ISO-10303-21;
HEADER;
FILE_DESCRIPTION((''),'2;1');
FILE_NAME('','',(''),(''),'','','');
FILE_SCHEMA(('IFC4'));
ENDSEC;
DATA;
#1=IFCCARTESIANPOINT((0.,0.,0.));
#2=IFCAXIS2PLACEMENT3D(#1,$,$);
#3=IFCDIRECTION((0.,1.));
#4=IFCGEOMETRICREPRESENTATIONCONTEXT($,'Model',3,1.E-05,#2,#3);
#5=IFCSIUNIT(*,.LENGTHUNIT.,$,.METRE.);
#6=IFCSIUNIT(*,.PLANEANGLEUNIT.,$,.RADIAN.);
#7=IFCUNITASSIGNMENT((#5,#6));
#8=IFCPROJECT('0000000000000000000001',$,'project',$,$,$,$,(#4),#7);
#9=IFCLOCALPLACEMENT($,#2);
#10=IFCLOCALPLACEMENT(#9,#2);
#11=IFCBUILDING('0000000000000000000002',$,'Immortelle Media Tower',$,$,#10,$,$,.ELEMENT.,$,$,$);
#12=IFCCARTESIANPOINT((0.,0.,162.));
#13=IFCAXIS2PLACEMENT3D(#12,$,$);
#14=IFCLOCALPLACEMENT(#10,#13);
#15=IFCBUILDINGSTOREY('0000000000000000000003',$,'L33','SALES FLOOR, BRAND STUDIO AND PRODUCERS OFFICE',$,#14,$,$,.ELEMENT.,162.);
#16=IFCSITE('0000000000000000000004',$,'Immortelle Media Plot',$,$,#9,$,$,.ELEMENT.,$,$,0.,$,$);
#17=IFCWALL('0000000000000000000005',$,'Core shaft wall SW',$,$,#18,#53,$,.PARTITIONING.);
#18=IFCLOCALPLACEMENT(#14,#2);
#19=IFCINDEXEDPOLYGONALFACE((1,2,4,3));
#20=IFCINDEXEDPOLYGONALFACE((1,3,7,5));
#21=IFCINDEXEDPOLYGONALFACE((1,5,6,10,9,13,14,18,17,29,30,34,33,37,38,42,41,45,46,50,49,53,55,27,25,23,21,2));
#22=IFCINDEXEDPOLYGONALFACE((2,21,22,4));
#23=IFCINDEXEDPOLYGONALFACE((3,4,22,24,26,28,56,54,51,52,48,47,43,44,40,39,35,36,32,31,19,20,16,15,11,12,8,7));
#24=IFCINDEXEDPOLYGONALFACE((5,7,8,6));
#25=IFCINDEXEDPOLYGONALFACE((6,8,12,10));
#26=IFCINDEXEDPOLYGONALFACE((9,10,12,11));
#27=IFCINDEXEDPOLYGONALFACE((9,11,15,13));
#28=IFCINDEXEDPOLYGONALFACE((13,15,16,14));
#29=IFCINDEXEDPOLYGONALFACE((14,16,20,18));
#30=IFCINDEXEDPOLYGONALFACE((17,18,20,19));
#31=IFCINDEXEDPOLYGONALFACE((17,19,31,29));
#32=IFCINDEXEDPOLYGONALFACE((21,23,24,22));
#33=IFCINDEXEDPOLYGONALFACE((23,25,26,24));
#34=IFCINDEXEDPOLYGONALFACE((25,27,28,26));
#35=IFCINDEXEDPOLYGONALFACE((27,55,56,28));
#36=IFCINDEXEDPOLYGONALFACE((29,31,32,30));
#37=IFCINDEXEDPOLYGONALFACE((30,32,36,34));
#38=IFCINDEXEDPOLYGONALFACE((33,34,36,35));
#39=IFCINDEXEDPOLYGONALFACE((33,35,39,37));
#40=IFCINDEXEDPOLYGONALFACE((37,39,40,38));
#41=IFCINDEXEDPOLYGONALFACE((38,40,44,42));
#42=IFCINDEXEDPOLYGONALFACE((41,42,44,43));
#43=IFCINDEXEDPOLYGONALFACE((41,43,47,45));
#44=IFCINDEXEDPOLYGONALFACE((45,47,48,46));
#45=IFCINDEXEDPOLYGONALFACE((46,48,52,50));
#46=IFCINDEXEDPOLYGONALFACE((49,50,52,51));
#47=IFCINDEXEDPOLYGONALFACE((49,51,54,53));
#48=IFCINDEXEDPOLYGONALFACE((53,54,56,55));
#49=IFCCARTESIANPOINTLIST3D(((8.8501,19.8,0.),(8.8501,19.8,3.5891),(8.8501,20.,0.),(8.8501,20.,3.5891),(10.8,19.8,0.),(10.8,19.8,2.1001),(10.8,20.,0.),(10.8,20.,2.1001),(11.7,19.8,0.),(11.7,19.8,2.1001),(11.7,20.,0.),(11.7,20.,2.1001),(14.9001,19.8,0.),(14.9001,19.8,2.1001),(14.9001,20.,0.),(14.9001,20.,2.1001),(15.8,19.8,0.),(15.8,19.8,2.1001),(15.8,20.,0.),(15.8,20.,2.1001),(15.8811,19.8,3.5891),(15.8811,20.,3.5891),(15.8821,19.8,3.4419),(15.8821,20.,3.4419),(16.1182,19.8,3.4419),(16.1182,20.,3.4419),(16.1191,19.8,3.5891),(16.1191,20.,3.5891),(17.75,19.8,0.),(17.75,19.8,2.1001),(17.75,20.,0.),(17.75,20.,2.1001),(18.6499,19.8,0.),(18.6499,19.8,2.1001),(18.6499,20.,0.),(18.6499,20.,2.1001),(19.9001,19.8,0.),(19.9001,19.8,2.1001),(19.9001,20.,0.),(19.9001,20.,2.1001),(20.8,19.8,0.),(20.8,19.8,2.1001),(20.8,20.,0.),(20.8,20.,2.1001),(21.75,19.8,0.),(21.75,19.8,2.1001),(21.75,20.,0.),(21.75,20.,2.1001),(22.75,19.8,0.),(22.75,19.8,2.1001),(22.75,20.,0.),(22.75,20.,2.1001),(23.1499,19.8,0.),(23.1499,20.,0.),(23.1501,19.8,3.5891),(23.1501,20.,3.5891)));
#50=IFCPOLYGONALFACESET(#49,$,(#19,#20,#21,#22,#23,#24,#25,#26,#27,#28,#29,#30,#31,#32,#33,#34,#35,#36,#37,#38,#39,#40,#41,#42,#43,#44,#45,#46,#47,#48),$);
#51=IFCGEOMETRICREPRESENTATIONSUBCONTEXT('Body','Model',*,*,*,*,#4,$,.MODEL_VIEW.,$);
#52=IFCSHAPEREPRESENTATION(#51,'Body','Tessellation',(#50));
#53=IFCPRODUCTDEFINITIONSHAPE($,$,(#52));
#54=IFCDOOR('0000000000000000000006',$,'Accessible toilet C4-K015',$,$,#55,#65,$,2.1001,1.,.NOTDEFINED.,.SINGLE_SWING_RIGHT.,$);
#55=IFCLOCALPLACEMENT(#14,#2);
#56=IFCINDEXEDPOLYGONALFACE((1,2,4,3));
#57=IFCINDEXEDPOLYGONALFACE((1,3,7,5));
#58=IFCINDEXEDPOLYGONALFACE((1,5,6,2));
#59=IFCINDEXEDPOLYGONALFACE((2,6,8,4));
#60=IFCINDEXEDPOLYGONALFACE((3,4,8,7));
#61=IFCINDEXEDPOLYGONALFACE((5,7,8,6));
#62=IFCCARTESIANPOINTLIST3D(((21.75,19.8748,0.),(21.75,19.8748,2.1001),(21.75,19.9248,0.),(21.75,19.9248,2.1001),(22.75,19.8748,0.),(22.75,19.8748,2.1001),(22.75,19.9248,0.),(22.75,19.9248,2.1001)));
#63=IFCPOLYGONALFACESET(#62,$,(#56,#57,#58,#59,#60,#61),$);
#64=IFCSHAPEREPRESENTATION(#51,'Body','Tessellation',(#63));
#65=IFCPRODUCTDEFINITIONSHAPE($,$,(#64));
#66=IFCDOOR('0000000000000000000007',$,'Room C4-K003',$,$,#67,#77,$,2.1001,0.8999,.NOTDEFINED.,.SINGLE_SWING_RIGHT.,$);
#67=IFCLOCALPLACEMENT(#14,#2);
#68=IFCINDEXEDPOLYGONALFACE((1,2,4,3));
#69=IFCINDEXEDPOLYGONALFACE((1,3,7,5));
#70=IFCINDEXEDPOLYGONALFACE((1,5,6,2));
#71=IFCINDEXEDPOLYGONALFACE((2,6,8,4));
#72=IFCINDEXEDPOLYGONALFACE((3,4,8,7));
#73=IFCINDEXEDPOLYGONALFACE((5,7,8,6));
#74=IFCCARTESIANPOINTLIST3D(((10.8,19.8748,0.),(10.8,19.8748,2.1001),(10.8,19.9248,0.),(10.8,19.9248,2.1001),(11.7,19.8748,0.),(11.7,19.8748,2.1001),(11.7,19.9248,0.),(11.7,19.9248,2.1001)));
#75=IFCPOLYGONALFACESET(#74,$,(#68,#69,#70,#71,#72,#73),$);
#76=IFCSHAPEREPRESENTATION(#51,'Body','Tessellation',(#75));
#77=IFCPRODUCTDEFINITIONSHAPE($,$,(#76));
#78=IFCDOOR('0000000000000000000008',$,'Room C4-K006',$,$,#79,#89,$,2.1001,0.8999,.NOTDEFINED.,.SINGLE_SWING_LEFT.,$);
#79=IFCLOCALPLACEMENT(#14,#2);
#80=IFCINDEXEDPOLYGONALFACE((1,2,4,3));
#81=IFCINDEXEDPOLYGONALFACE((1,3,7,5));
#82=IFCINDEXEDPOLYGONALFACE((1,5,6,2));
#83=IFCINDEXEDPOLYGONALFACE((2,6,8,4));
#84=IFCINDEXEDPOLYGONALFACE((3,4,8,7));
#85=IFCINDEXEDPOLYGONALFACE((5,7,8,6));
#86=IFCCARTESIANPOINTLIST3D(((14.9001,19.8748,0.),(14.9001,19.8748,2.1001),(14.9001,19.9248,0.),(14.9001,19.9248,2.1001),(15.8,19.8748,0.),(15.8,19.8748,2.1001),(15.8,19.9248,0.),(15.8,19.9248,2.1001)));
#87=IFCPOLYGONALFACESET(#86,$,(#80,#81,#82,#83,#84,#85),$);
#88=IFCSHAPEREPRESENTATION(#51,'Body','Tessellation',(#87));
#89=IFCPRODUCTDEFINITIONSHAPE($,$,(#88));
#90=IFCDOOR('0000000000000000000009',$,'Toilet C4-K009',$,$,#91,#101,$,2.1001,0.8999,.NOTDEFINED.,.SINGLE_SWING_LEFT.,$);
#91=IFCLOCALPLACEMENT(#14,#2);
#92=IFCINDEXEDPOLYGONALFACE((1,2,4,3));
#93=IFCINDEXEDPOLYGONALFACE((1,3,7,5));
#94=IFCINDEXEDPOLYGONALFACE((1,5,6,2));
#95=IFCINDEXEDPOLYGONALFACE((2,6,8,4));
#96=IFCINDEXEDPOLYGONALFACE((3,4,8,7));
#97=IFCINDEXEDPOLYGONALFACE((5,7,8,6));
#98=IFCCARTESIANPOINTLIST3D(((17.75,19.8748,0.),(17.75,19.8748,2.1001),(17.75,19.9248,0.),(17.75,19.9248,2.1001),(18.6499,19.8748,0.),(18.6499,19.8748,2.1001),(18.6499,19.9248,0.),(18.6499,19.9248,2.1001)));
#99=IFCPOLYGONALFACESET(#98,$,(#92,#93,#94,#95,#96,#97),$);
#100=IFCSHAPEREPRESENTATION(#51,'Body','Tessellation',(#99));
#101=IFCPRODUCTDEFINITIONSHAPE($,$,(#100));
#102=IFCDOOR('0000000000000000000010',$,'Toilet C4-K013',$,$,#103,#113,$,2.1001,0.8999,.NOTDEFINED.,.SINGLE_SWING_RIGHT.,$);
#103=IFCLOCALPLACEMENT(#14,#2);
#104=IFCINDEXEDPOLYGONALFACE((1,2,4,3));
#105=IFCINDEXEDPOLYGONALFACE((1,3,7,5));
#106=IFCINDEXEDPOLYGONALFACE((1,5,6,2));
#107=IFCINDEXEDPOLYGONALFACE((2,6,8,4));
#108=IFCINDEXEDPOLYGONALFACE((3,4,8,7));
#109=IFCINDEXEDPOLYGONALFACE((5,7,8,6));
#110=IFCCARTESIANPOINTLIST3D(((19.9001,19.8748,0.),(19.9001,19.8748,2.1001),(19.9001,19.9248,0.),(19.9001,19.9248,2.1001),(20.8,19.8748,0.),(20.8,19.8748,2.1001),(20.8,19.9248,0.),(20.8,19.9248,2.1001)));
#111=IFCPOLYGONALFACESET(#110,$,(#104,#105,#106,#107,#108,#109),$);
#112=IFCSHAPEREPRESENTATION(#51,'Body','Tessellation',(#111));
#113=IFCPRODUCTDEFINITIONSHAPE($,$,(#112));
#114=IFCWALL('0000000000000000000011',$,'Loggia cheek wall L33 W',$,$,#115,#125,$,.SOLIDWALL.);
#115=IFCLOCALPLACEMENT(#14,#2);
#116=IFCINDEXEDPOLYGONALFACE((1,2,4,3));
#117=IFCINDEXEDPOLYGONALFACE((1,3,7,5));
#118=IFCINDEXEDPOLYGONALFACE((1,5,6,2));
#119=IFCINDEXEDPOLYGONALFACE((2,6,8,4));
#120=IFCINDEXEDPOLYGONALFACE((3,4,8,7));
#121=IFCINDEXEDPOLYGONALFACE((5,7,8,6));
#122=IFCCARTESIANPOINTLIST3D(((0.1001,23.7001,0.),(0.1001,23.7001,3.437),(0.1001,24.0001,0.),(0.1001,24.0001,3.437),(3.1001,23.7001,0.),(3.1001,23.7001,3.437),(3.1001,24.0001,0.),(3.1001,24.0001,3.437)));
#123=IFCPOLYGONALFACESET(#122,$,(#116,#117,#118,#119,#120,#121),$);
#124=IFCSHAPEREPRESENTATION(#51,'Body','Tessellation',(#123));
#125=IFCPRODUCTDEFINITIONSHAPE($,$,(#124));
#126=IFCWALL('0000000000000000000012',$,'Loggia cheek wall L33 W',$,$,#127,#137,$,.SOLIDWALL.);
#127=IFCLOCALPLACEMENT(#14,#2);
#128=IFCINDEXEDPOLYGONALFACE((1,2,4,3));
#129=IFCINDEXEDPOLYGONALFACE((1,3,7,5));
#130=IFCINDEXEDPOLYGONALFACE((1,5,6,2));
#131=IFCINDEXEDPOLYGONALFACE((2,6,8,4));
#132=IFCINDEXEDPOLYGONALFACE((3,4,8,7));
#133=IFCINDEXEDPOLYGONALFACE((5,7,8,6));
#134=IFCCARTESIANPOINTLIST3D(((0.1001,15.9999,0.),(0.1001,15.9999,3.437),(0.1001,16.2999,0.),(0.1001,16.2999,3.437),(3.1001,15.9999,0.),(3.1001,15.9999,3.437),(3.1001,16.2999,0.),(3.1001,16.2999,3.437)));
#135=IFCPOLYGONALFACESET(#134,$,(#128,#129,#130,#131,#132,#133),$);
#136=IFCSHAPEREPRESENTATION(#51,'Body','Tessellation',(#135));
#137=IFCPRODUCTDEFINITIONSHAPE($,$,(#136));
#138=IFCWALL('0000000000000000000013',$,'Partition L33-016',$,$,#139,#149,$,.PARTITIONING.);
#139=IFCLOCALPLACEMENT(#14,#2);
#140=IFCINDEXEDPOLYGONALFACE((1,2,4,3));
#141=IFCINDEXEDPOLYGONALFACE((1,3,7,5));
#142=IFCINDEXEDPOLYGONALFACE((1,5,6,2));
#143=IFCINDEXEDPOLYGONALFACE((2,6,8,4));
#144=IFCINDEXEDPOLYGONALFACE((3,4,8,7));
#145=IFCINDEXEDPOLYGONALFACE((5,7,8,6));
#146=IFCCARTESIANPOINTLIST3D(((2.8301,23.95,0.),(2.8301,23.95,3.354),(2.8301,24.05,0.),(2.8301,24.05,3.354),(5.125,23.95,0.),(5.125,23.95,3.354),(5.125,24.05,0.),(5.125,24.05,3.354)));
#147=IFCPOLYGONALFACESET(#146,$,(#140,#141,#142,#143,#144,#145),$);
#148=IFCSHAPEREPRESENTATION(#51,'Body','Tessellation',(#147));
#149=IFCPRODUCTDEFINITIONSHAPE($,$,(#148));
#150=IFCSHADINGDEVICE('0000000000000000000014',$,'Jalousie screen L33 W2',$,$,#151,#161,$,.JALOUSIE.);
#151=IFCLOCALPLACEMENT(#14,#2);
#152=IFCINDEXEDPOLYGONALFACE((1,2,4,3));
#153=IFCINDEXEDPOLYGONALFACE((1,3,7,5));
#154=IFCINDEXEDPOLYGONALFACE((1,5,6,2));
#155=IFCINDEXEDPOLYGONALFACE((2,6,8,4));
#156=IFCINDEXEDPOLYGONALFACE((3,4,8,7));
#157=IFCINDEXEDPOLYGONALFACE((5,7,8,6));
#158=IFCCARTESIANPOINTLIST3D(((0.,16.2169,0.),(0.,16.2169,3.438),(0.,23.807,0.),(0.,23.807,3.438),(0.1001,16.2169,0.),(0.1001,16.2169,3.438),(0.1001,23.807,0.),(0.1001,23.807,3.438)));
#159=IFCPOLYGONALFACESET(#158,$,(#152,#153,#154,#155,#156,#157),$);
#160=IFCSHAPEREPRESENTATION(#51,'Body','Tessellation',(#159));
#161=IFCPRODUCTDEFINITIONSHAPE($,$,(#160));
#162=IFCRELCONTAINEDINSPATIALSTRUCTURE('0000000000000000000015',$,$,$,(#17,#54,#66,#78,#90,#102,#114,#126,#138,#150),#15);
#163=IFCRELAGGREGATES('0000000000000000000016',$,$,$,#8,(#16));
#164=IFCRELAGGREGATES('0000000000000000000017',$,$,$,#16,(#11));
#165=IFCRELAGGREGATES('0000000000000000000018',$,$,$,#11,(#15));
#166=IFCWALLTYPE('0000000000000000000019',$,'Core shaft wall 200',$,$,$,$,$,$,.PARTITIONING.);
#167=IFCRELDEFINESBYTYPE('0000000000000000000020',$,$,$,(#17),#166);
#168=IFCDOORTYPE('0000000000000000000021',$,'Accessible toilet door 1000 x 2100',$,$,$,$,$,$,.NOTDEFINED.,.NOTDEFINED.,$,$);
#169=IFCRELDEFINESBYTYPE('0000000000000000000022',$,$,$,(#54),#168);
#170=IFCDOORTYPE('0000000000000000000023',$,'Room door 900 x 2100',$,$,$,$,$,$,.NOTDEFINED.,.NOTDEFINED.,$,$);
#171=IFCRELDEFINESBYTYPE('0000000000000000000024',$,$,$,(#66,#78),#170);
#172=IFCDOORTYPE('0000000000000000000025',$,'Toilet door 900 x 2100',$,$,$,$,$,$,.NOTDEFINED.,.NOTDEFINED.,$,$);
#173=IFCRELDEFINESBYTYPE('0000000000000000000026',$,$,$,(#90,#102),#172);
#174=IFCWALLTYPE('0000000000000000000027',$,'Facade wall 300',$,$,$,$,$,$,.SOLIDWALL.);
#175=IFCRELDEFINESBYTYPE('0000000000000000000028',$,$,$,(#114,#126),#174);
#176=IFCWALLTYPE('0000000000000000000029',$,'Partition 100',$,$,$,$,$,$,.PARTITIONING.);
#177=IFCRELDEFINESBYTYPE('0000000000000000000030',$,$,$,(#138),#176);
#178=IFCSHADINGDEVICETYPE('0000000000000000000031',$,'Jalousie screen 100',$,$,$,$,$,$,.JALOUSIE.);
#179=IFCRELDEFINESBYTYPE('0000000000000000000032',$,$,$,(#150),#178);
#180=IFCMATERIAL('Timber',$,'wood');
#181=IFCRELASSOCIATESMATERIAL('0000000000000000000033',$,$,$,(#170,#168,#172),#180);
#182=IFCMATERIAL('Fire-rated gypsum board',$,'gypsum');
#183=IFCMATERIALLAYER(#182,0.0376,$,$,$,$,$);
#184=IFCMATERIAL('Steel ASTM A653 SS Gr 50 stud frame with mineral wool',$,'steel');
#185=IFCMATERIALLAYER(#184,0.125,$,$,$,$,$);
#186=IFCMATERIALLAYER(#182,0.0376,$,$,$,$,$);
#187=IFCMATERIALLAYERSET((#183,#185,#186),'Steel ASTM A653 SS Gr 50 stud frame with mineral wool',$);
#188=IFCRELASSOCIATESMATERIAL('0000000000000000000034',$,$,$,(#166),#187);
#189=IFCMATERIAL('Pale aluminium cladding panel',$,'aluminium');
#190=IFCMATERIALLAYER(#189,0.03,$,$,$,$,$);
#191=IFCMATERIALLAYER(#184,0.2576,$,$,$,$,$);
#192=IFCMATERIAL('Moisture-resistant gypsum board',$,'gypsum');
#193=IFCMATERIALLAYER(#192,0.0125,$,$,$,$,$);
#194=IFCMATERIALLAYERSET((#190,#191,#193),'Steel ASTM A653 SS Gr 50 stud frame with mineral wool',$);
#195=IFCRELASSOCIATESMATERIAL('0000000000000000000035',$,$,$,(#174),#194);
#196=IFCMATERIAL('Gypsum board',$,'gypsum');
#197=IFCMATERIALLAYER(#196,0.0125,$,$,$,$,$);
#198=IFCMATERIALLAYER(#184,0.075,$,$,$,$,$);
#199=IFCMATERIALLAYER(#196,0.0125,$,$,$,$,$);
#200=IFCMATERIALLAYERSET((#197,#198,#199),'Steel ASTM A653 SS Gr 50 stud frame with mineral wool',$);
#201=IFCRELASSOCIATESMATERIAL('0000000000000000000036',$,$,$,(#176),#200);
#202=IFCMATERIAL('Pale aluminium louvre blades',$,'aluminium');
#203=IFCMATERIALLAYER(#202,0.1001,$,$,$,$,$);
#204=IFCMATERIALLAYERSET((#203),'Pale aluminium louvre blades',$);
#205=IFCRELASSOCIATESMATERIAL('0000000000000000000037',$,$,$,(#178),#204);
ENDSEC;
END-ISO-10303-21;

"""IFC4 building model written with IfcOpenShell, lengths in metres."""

from ifc_helpers import new_model, si_unit, direction, frame, frame_2d, origin, origin_2d, place, context, subcontext, project, spatial, polyline, rectangle, outline, extrude, material, layer, layer_set, type_object, element, fill, save


model = new_model("IFC4")

# Units and contexts
model_context = context("Model", 3, precision=1e-05, world=origin(), true_north=direction((0.0, 1.0)))
body_context = subcontext(model_context, "Body", "Model", "MODEL_VIEW")
ifc_project = project(units=[si_unit("LENGTHUNIT", "METRE"), si_unit("PLANEANGLEUNIT", "RADIAN")], contexts=[model_context])

# Site, building, storey
site_placement = place(None, origin())
site = spatial("IfcSite", under=ifc_project, at=site_placement, Name="Immortelle Media Plot", CompositionType="ELEMENT", RefElevation=0.0)
building_placement = place(site_placement, origin())
building = spatial("IfcBuilding", under=site, at=building_placement, Name="Immortelle Media Tower", CompositionType="ELEMENT")
storey_placement = place(building_placement, frame((0.0, 0.0, 162.0)))
storey = spatial("IfcBuildingStorey", under=building, at=storey_placement, Name="L33", Description="SALES FLOOR, BRAND STUDIO AND PRODUCERS OFFICE", CompositionType="ELEMENT", Elevation=162.0)

# Shared definitions
ifc_material_1 = material(Name="Fire-rated gypsum board", Category="gypsum")
ifc_material_2 = material(Name="Steel ASTM A653 SS Gr 50 stud frame with mineral wool", Category="steel")

# Shared definitions
ifc_material_3 = material(Name="Timber", Category="wood")
door_type_1 = type_object("IfcDoorType", Name="Room door 900 x 2100", OperationType="NOTDEFINED", PredefinedType="NOTDEFINED", material=ifc_material_3)

# Shared definitions
ifc_layer_1 = layer(ifc_material_1, 0.0376)
ifc_layer_2 = layer(ifc_material_2, 0.125)
ifc_layer_3 = layer(ifc_material_1, 0.0376)
ifc_layer_set_1 = layer_set([ifc_layer_1, ifc_layer_2, ifc_layer_3], Name="Steel ASTM A653 SS Gr 50 stud frame with mineral wool")
wall_type_1 = type_object("IfcWallType", Name="Core shaft wall 200", PredefinedType="PARTITIONING", material=ifc_layer_set_1)

# Wall, openings, doors
wall_1_placement = place(storey_placement, frame((8.8501, 19.8999, 0.0), z_axis=(0.0, 0.0, 1.0), x_axis=(1.0, 0.0, 0.0)))
wall_1 = element("IfcWall", 1, at=wall_1_placement, inside=storey, type_object=wall_type_1, Name="Core shaft wall SW", PredefinedType="PARTITIONING", context=body_context, shape_type="SweptSolid", body=[
    extrude(outline(polyline([(0.0, 0.0), (14.2998, 0.0), (14.3, 3.5891), (7.269, 3.5891), (7.2681, 3.4419), (7.032, 3.4419), (7.031, 3.5891), (0.0, 3.5891), (0.0, 0.0)])), frame((0.0, 0.1001, 0.0), z_axis=(0.0, -1.0, 0.0), x_axis=(1.0, 0.0, 0.0)), (0.0, 0.0, 1.0), 0.2),
])
opening_1_placement = place(wall_1_placement, frame((1.95, 0.0, 0.0)))
opening_1 = element("IfcOpeningElement", 2, at=opening_1_placement, cuts=wall_1, PredefinedType="OPENING", context=body_context, shape_type="SweptSolid", body=[
    extrude(rectangle(XDim=0.8999, YDim=2.1001, at=frame_2d((0.45, 1.05))), frame((0.0, 0.1099, 0.0), z_axis=(0.0, -1.0, 0.0), x_axis=(1.0, 0.0, 0.0)), (0.0, 0.0, 1.0), 0.22),
])
opening_2_placement = place(wall_1_placement, frame((6.05, 0.0, 0.0)))
opening_2 = element("IfcOpeningElement", 3, at=opening_2_placement, cuts=wall_1, PredefinedType="OPENING", context=body_context, shape_type="SweptSolid", body=[
    extrude(rectangle(XDim=0.8999, YDim=2.1001, at=frame_2d((0.45, 1.05))), frame((0.0, 0.1099, 0.0), z_axis=(0.0, -1.0, 0.0), x_axis=(1.0, 0.0, 0.0)), (0.0, 0.0, 1.0), 0.22),
])
opening_3_placement = place(wall_1_placement, frame((8.8999, 0.0, 0.0)))
opening_3 = element("IfcOpeningElement", 4, at=opening_3_placement, cuts=wall_1, PredefinedType="OPENING", context=body_context, shape_type="SweptSolid", body=[
    extrude(rectangle(XDim=0.8999, YDim=2.1001, at=frame_2d((0.45, 1.05))), frame((0.0, 0.1099, 0.0), z_axis=(0.0, -1.0, 0.0), x_axis=(1.0, 0.0, 0.0)), (0.0, 0.0, 1.0), 0.22),
])
opening_4_placement = place(wall_1_placement, frame((11.05, 0.0, 0.0)))
opening_4 = element("IfcOpeningElement", 5, at=opening_4_placement, cuts=wall_1, PredefinedType="OPENING", context=body_context, shape_type="SweptSolid", body=[
    extrude(rectangle(XDim=0.8999, YDim=2.1001, at=frame_2d((0.45, 1.05))), frame((0.0, 0.1099, 0.0), z_axis=(0.0, -1.0, 0.0), x_axis=(1.0, 0.0, 0.0)), (0.0, 0.0, 1.0), 0.22),
])
opening_5_placement = place(wall_1_placement, frame((12.8999, 0.0, 0.0)))
opening_5 = element("IfcOpeningElement", 6, at=opening_5_placement, cuts=wall_1, PredefinedType="OPENING", context=body_context, shape_type="SweptSolid", body=[
    extrude(rectangle(XDim=1.0, YDim=2.1001, at=frame_2d((0.5, 1.05))), frame((0.0, 0.1099, 0.0), z_axis=(0.0, -1.0, 0.0), x_axis=(1.0, 0.0, 0.0)), (0.0, 0.0, 1.0), 0.22),
])
door_type_2 = type_object("IfcDoorType", Name="Accessible toilet door 1000 x 2100", OperationType="NOTDEFINED", PredefinedType="NOTDEFINED", material=ifc_material_3)
door_1_placement = place(opening_5_placement, origin())
door_1 = element("IfcDoor", 7, at=door_1_placement, inside=storey, type_object=door_type_2, Name="Accessible toilet C4-K015", OperationType="SINGLE_SWING_RIGHT", OverallHeight=2.1001, OverallWidth=1.0, PredefinedType="NOTDEFINED", context=body_context, shape_type="SweptSolid", body=[
    extrude(rectangle(XDim=1.0, YDim=2.1001, at=frame_2d((0.5, 1.05))), frame((0.0, 0.0249, 0.0), z_axis=(0.0, -1.0, 0.0), x_axis=(1.0, 0.0, 0.0)), (0.0, 0.0, 1.0), 0.05),
])
fill(opening_5, door_1)
door_2_placement = place(opening_1_placement, origin())
door_2 = element("IfcDoor", 8, at=door_2_placement, inside=storey, type_object=door_type_1, Name="Room C4-K003", OperationType="SINGLE_SWING_RIGHT", OverallHeight=2.1001, OverallWidth=0.8999, PredefinedType="NOTDEFINED", context=body_context, shape_type="SweptSolid", body=[
    extrude(rectangle(XDim=0.8999, YDim=2.1001, at=frame_2d((0.45, 1.05))), frame((0.0, 0.0249, 0.0), z_axis=(0.0, -1.0, 0.0), x_axis=(1.0, 0.0, 0.0)), (0.0, 0.0, 1.0), 0.05),
])
fill(opening_1, door_2)
door_3_placement = place(opening_2_placement, origin())
door_3 = element("IfcDoor", 9, at=door_3_placement, inside=storey, type_object=door_type_1, Name="Room C4-K006", OperationType="SINGLE_SWING_LEFT", OverallHeight=2.1001, OverallWidth=0.8999, PredefinedType="NOTDEFINED", context=body_context, shape_type="SweptSolid", body=[
    extrude(rectangle(XDim=0.8999, YDim=2.1001, at=frame_2d((0.45, 1.05))), frame((0.0, 0.0249, 0.0), z_axis=(0.0, -1.0, 0.0), x_axis=(1.0, 0.0, 0.0)), (0.0, 0.0, 1.0), 0.05),
])
fill(opening_2, door_3)
door_type_3 = type_object("IfcDoorType", Name="Toilet door 900 x 2100", OperationType="NOTDEFINED", PredefinedType="NOTDEFINED", material=ifc_material_3)
door_4_placement = place(opening_3_placement, origin())
door_4 = element("IfcDoor", 10, at=door_4_placement, inside=storey, type_object=door_type_3, Name="Toilet C4-K009", OperationType="SINGLE_SWING_LEFT", OverallHeight=2.1001, OverallWidth=0.8999, PredefinedType="NOTDEFINED", context=body_context, shape_type="SweptSolid", body=[
    extrude(rectangle(XDim=0.8999, YDim=2.1001, at=frame_2d((0.45, 1.05))), frame((0.0, 0.0249, 0.0), z_axis=(0.0, -1.0, 0.0), x_axis=(1.0, 0.0, 0.0)), (0.0, 0.0, 1.0), 0.05),
])
fill(opening_3, door_4)
door_5_placement = place(opening_4_placement, origin())
door_5 = element("IfcDoor", 11, at=door_5_placement, inside=storey, type_object=door_type_3, Name="Toilet C4-K013", OperationType="SINGLE_SWING_RIGHT", OverallHeight=2.1001, OverallWidth=0.8999, PredefinedType="NOTDEFINED", context=body_context, shape_type="SweptSolid", body=[
    extrude(rectangle(XDim=0.8999, YDim=2.1001, at=frame_2d((0.45, 1.05))), frame((0.0, 0.0249, 0.0), z_axis=(0.0, -1.0, 0.0), x_axis=(1.0, 0.0, 0.0)), (0.0, 0.0, 1.0), 0.05),
])
fill(opening_4, door_5)

# Shared definitions
ifc_material_4 = material(Name="Pale aluminium cladding panel", Category="aluminium")
ifc_layer_4 = layer(ifc_material_4, 0.03)
ifc_layer_5 = layer(ifc_material_2, 0.2576)
ifc_material_5 = material(Name="Moisture-resistant gypsum board", Category="gypsum")
ifc_layer_6 = layer(ifc_material_5, 0.0125)
ifc_layer_set_2 = layer_set([ifc_layer_4, ifc_layer_5, ifc_layer_6], Name="Steel ASTM A653 SS Gr 50 stud frame with mineral wool")
wall_type_2 = type_object("IfcWallType", Name="Facade wall 300", PredefinedType="SOLIDWALL", material=ifc_layer_set_2)

# Walls
for number, where, z_axis, x_axis, name in (
    (12, (0.1001, 23.8501, 0.0), (0.0, 0.0, 1.0), (1.0, 0.0, 0.0), "Loggia cheek wall L33 W"),
    (13, (0.1001, 16.1499, 0.0), (0.0, 0.0, 1.0), (1.0, 0.0, 0.0), "Loggia cheek wall L33 W"),
):
    element("IfcWall", number, at=place(storey_placement, frame(where, z_axis=z_axis, x_axis=x_axis)), inside=storey, type_object=wall_type_2, Name=name, PredefinedType="SOLIDWALL", context=body_context, shape_type="SweptSolid", body=[
        extrude(rectangle(XDim=3.0, YDim=0.3, at=frame_2d((1.5, 0.0))), origin(), (0.0, 0.0, 1.0), 3.437),
    ])
ifc_material_6 = material(Name="Gypsum board", Category="gypsum")
ifc_layer_7 = layer(ifc_material_6, 0.0125)
ifc_layer_8 = layer(ifc_material_2, 0.075)
ifc_layer_9 = layer(ifc_material_6, 0.0125)
ifc_layer_set_3 = layer_set([ifc_layer_7, ifc_layer_8, ifc_layer_9], Name="Steel ASTM A653 SS Gr 50 stud frame with mineral wool")
wall_type_3 = type_object("IfcWallType", Name="Partition 100", PredefinedType="PARTITIONING", material=ifc_layer_set_3)
wall_2_placement = place(storey_placement, frame((2.8301, 24.0, 0.0), z_axis=(0.0, 0.0, 1.0), x_axis=(1.0, 0.0, 0.0)))
element("IfcWall", 14, at=wall_2_placement, inside=storey, type_object=wall_type_3, Name="Partition L33-016", PredefinedType="PARTITIONING", context=body_context, shape_type="SweptSolid", body=[
    extrude(rectangle(XDim=2.2949, YDim=0.1001, at=frame_2d((1.1475, 0.0))), origin(), (0.0, 0.0, 1.0), 3.354),
])

# Shading device
ifc_material_7 = material(Name="Pale aluminium louvre blades", Category="aluminium")
ifc_layer_10 = layer(ifc_material_7, 0.1001)
ifc_layer_set_4 = layer_set([ifc_layer_10], Name="Pale aluminium louvre blades")
shading_device_type_1 = type_object("IfcShadingDeviceType", Name="Jalousie screen 100", PredefinedType="JALOUSIE", material=ifc_layer_set_4)
shading_device_1_placement = place(storey_placement, frame((0.05, 20.012, 0.0), z_axis=(0.0, 0.0, 1.0), x_axis=(0.0, -1.0, 0.0)))
element("IfcShadingDevice", 15, at=shading_device_1_placement, inside=storey, type_object=shading_device_type_1, Name="Jalousie screen L33 W2", PredefinedType="JALOUSIE", context=body_context, shape_type="SweptSolid", body=[
    extrude(rectangle(XDim=7.5901, YDim=0.1001, at=origin_2d()), origin(), (0.0, 0.0, 1.0), 3.438),
])

save(model, "model.ifc")
